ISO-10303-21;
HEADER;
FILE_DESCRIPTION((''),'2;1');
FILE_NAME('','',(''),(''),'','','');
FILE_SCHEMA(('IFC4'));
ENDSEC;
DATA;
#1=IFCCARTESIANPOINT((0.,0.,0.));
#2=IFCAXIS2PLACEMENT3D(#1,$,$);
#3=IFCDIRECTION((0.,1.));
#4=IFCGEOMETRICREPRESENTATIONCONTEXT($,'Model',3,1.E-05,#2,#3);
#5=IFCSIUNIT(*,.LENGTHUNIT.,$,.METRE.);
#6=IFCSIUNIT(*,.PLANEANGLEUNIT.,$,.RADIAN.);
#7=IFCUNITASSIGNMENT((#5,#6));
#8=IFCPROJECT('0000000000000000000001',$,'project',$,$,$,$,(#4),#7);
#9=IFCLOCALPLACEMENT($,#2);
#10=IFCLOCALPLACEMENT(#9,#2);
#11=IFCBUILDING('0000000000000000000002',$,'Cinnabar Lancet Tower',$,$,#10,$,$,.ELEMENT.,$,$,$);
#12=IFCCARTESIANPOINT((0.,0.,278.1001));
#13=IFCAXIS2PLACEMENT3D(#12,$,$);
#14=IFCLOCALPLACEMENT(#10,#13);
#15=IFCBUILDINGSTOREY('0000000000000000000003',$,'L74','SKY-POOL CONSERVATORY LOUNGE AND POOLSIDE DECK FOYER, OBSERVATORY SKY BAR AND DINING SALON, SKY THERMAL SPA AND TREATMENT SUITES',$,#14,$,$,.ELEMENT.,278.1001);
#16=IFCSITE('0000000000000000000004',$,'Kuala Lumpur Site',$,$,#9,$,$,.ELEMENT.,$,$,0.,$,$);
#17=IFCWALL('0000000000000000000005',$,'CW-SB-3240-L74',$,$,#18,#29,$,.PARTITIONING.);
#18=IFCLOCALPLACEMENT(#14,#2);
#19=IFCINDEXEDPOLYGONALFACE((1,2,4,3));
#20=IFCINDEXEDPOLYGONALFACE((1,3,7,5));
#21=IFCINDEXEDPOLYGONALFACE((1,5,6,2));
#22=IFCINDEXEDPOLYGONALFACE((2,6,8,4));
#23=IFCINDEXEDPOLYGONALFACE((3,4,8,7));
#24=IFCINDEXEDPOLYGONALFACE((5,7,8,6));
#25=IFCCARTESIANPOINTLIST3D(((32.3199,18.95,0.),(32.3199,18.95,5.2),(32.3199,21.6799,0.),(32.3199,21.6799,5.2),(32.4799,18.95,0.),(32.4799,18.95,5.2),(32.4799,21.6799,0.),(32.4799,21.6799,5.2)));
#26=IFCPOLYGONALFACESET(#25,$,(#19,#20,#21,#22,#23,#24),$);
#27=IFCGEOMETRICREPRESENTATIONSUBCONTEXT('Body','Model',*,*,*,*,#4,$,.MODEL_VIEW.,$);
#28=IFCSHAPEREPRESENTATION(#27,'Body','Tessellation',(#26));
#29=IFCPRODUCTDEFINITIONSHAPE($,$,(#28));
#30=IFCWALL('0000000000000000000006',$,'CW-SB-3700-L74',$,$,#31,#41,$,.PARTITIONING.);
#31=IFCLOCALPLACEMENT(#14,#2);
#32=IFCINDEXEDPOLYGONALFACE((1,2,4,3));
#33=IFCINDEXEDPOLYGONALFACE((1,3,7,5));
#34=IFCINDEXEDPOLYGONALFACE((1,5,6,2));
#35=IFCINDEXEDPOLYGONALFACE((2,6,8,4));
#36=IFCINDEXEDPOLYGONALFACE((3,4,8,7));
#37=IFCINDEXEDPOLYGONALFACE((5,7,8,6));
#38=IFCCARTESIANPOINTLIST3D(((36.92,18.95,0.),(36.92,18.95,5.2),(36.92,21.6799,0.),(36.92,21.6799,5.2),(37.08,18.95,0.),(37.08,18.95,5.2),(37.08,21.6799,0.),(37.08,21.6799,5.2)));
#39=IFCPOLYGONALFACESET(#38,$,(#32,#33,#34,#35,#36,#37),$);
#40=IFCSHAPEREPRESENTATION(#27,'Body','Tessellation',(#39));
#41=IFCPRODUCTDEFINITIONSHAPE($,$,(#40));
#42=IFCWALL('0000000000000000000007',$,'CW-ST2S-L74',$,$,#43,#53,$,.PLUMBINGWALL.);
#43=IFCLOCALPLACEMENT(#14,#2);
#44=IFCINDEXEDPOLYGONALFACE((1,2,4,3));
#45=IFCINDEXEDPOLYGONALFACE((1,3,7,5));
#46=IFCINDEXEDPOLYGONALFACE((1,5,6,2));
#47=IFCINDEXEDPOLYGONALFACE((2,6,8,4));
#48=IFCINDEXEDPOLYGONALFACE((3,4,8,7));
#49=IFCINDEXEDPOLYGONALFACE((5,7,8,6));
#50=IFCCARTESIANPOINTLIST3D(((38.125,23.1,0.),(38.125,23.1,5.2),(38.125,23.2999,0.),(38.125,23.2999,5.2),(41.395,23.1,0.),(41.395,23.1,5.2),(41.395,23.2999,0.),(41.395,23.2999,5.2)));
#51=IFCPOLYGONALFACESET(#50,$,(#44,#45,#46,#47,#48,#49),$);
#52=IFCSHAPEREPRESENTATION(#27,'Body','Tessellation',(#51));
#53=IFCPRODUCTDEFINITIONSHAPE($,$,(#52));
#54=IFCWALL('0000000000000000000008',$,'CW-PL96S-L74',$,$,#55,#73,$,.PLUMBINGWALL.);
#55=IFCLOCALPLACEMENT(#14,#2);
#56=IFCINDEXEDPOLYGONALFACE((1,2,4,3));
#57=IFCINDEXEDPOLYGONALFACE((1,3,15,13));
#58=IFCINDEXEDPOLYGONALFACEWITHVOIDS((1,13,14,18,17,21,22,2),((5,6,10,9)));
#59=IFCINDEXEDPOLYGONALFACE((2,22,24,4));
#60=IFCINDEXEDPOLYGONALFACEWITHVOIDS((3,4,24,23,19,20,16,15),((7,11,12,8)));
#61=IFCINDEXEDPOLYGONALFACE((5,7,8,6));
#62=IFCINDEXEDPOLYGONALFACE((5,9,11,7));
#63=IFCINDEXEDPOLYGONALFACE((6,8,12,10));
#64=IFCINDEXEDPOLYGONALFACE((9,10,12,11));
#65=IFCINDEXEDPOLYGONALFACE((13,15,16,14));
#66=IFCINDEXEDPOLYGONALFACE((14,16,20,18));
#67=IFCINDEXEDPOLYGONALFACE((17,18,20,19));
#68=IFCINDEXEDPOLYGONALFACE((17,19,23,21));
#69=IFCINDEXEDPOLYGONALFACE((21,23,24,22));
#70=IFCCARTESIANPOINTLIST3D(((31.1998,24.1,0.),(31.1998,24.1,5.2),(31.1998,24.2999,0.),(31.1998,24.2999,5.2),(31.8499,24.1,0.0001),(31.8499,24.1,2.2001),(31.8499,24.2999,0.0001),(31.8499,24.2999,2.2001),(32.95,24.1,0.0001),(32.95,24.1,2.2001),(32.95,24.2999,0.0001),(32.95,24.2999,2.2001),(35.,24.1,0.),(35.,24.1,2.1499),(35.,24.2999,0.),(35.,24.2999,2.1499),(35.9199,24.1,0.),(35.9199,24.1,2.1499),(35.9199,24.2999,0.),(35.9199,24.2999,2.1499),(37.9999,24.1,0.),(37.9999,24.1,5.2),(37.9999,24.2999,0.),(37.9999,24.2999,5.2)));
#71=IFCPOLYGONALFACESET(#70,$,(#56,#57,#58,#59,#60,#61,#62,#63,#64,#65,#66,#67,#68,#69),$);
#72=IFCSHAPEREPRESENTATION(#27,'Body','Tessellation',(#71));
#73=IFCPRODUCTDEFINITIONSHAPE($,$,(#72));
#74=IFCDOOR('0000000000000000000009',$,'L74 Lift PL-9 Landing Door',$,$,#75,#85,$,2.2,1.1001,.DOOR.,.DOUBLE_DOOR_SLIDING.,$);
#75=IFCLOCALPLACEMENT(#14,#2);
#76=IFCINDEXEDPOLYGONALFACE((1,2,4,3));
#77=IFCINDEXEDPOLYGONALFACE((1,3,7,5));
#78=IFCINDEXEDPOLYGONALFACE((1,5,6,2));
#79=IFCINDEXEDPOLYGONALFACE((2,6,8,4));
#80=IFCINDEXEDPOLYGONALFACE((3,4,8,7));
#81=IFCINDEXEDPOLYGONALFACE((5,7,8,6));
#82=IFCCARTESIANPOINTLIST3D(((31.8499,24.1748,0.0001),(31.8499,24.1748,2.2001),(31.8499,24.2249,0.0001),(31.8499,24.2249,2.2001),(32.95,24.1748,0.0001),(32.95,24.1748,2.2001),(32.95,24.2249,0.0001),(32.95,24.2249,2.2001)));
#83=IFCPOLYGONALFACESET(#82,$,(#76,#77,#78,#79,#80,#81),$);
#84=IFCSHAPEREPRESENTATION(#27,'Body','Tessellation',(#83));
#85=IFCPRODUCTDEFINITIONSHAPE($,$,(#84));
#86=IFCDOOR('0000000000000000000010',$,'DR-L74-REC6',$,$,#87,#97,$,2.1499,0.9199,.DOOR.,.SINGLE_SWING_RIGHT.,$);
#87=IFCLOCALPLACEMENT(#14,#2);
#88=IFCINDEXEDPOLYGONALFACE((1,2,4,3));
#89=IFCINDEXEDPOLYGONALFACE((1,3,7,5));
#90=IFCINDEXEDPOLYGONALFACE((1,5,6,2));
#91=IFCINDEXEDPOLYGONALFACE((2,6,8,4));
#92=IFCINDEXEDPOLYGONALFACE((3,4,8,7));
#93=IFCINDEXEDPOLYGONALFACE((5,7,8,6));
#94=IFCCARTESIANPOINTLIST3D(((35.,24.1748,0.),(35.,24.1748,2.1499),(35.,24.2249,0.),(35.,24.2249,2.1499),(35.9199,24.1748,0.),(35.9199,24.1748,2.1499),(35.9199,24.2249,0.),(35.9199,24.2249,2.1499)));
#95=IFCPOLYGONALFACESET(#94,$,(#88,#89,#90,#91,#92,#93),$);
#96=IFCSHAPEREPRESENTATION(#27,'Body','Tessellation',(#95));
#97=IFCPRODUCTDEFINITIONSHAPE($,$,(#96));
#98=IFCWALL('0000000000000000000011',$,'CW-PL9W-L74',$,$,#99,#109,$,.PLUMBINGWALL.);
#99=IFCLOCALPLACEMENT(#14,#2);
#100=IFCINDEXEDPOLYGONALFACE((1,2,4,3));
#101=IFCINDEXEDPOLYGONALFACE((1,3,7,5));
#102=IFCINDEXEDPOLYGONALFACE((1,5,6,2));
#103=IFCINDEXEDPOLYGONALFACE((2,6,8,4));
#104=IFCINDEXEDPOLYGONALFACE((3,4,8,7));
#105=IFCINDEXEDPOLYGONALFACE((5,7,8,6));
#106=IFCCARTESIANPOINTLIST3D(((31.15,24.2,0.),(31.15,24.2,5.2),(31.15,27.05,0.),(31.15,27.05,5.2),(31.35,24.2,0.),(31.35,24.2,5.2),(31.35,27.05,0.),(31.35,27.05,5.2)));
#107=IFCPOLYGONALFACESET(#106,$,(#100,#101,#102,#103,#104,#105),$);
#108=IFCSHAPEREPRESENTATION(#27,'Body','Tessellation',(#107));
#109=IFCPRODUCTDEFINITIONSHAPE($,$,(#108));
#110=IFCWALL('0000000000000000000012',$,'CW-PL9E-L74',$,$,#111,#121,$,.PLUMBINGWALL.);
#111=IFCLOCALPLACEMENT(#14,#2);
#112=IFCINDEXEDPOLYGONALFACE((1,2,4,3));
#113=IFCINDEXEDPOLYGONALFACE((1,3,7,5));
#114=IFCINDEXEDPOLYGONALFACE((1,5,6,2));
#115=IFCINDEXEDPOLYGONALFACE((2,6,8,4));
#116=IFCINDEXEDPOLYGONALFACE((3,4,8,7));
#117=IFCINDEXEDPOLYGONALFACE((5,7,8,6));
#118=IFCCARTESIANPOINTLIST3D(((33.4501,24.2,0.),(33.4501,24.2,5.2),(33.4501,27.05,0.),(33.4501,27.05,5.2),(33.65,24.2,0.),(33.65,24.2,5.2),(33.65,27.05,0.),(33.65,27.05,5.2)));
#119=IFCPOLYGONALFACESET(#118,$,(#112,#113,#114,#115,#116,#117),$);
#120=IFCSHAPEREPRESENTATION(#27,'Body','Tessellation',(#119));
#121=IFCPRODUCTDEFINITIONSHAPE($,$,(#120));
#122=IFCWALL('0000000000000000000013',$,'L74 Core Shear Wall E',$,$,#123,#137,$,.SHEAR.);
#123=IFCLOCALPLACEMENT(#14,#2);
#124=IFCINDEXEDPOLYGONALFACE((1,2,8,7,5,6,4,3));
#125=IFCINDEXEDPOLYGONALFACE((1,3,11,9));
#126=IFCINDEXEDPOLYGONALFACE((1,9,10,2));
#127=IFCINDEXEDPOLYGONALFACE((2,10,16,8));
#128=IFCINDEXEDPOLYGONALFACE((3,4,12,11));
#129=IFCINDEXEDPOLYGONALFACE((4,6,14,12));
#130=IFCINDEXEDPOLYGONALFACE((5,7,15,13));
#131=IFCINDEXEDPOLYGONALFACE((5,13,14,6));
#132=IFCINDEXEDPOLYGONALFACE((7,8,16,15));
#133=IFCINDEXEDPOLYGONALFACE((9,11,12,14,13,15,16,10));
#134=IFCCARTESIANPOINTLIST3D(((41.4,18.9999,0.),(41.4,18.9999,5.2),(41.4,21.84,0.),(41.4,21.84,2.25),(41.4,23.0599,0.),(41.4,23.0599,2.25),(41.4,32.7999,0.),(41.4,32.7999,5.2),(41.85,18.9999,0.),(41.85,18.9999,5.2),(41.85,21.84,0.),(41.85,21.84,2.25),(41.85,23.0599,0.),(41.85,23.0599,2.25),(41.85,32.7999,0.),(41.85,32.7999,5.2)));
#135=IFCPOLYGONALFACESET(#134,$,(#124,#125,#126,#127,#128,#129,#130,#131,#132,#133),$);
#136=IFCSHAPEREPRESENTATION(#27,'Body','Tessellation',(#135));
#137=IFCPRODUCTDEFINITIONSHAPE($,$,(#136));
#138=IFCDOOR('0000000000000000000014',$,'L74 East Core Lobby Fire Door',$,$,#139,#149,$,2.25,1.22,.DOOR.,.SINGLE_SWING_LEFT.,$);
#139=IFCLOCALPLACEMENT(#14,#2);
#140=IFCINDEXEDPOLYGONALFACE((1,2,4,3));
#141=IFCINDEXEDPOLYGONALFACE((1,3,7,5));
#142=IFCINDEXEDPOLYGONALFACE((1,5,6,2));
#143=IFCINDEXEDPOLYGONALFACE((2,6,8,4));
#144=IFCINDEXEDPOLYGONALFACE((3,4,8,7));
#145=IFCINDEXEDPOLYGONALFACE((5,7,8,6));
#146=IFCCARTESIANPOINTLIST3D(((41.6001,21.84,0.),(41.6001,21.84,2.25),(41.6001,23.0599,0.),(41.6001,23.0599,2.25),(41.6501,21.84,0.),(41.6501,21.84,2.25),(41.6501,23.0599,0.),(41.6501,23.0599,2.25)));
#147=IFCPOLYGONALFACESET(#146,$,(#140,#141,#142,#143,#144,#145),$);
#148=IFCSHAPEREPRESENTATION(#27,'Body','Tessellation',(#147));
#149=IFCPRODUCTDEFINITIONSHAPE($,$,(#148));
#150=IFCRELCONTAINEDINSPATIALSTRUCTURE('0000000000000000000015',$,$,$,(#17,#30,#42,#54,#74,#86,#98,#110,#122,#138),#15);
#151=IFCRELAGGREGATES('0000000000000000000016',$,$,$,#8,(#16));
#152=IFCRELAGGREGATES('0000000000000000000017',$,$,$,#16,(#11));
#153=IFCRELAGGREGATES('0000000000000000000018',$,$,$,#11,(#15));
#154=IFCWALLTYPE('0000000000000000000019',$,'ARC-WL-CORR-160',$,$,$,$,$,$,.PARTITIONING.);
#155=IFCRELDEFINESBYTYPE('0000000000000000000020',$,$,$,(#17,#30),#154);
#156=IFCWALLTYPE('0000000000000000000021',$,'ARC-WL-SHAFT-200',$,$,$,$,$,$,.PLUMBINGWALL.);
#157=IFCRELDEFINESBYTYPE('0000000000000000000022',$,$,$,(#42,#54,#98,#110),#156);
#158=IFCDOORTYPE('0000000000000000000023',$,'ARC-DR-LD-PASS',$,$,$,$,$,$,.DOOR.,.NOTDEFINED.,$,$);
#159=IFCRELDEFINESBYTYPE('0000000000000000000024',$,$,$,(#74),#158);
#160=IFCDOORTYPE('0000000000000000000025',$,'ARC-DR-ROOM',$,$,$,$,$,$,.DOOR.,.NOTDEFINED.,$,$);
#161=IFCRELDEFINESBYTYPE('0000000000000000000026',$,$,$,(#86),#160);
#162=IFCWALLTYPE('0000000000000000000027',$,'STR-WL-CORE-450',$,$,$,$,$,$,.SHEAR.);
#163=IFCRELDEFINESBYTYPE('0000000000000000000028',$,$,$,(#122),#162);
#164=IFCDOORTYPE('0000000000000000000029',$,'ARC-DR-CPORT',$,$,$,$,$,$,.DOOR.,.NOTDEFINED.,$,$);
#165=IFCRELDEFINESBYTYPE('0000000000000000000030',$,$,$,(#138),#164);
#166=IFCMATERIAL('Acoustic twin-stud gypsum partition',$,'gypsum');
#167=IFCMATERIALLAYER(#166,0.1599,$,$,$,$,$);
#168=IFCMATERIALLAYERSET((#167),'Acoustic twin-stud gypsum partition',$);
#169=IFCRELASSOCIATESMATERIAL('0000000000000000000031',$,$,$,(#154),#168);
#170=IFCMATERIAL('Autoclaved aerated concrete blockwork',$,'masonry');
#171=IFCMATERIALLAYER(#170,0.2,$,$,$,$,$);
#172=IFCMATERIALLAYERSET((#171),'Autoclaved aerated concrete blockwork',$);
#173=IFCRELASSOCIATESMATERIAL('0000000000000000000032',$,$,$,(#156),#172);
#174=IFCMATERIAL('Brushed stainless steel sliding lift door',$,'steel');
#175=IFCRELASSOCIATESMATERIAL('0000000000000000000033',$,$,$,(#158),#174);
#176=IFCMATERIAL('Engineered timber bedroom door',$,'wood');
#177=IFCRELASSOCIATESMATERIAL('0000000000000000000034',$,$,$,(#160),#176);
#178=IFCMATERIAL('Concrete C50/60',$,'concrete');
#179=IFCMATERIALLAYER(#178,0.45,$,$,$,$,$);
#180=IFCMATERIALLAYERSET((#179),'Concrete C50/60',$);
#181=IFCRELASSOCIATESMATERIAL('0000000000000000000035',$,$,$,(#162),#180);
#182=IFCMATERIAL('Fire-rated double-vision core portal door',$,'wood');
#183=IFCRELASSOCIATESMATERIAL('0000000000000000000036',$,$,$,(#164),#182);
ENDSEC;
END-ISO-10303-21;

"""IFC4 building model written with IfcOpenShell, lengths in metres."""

from ifc_helpers import new_model, si_unit, direction, frame, frame_2d, origin, place, context, subcontext, project, spatial, rectangle, extrude, material, layer, layer_set, type_object, element, fill, save


model = new_model("IFC4")

# Units and contexts
model_context = context("Model", 3, precision=1e-05, world=origin(), true_north=direction((0.0, 1.0)))
body_context = subcontext(model_context, "Body", "Model", "MODEL_VIEW")
ifc_project = project(units=[si_unit("LENGTHUNIT", "METRE"), si_unit("PLANEANGLEUNIT", "RADIAN")], contexts=[model_context])

# Site, building, storey
site_placement = place(None, origin())
site = spatial("IfcSite", under=ifc_project, at=site_placement, Name="Kuala Lumpur Site", CompositionType="ELEMENT", RefElevation=0.0)
building_placement = place(site_placement, origin())
building = spatial("IfcBuilding", under=site, at=building_placement, Name="Cinnabar Lancet Tower", CompositionType="ELEMENT")
storey_placement = place(building_placement, frame((0.0, 0.0, 278.1001)))
storey = spatial("IfcBuildingStorey", under=building, at=storey_placement, Name="L74", Description="SKY-POOL CONSERVATORY LOUNGE AND POOLSIDE DECK FOYER, OBSERVATORY SKY BAR AND DINING SALON, SKY THERMAL SPA AND TREATMENT SUITES", CompositionType="ELEMENT", Elevation=278.1001)

# Shared definitions
ifc_material_1 = material(Name="Acoustic twin-stud gypsum partition", Category="gypsum")
ifc_layer_1 = layer(ifc_material_1, 0.1599)
ifc_layer_set_1 = layer_set([ifc_layer_1], Name="Acoustic twin-stud gypsum partition")
wall_type_1 = type_object("IfcWallType", Name="ARC-WL-CORR-160", PredefinedType="PARTITIONING", material=ifc_layer_set_1)

# Walls
for number, where, z_axis, x_axis, name in (
    (1, (32.3999, 18.95, 0.0), (0.0, 0.0, 1.0), (0.0, 1.0, 0.0), "CW-SB-3240-L74"),
    (2, (37.0, 18.95, 0.0), (0.0, 0.0, 1.0), (0.0, 1.0, 0.0), "CW-SB-3700-L74"),
):
    element("IfcWall", number, at=place(storey_placement, frame(where, z_axis=z_axis, x_axis=x_axis)), inside=storey, type_object=wall_type_1, Name=name, PredefinedType="PARTITIONING", context=body_context, shape_type="SweptSolid", body=[
        extrude(rectangle(XDim=2.73, YDim=0.1599, at=frame_2d((1.365, 0.0))), origin(), (0.0, 0.0, 1.0), 5.2),
    ])
ifc_material_2 = material(Name="Autoclaved aerated concrete blockwork", Category="masonry")
ifc_layer_2 = layer(ifc_material_2, 0.2)
ifc_layer_set_2 = layer_set([ifc_layer_2], Name="Autoclaved aerated concrete blockwork")
wall_type_2 = type_object("IfcWallType", Name="ARC-WL-SHAFT-200", PredefinedType="PLUMBINGWALL", material=ifc_layer_set_2)
wall_1_placement = place(storey_placement, frame((38.125, 23.2, 0.0), z_axis=(0.0, 0.0, 1.0), x_axis=(1.0, 0.0, 0.0)))
element("IfcWall", 3, at=wall_1_placement, inside=storey, type_object=wall_type_2, Name="CW-ST2S-L74", PredefinedType="PLUMBINGWALL", context=body_context, shape_type="SweptSolid", body=[
    extrude(rectangle(XDim=3.27, YDim=0.2, at=frame_2d((1.635, 0.0))), origin(), (0.0, 0.0, 1.0), 5.2),
])

# Wall, openings, doors
wall_2_placement = place(storey_placement, frame((31.2, 24.2, 0.0), z_axis=(0.0, 0.0, 1.0), x_axis=(1.0, 0.0, 0.0)))
wall_2 = element("IfcWall", 4, at=wall_2_placement, inside=storey, type_object=wall_type_2, Name="CW-PL96S-L74", PredefinedType="PLUMBINGWALL", context=body_context, shape_type="SweptSolid", body=[
    extrude(rectangle(XDim=6.8, YDim=0.2, at=frame_2d((3.3999, 0.0))), origin(), (0.0, 0.0, 1.0), 5.2),
])
opening_1_placement = place(wall_2_placement, frame((0.6499, 0.0, 0.0)))
opening_1 = element("IfcOpeningElement", 5, at=opening_1_placement, cuts=wall_2, PredefinedType="OPENING", context=body_context, shape_type="SweptSolid", body=[
    extrude(rectangle(XDim=1.1001, YDim=2.2, at=frame_2d((0.55, 1.1001))), frame((0.0, 0.1099, 0.0), z_axis=(0.0, -1.0, 0.0), x_axis=(1.0, 0.0, 0.0)), (0.0, 0.0, 1.0), 0.22),
])
opening_2_placement = place(wall_2_placement, frame((3.8, 0.0, 0.0)))
opening_2 = element("IfcOpeningElement", 6, at=opening_2_placement, cuts=wall_2, PredefinedType="OPENING", context=body_context, shape_type="SweptSolid", body=[
    extrude(rectangle(XDim=0.9199, YDim=2.1499, at=frame_2d((0.46, 1.075))), frame((0.0, 0.1099, 0.0), z_axis=(0.0, -1.0, 0.0), x_axis=(1.0, 0.0, 0.0)), (0.0, 0.0, 1.0), 0.22),
])
ifc_material_3 = material(Name="Brushed stainless steel sliding lift door", Category="steel")
door_type_1 = type_object("IfcDoorType", Name="ARC-DR-LD-PASS", OperationType="NOTDEFINED", PredefinedType="DOOR", material=ifc_material_3)
door_1_placement = place(opening_1_placement, origin())
door_1 = element("IfcDoor", 7, at=door_1_placement, inside=storey, type_object=door_type_1, Name="L74 Lift PL-9 Landing Door", OperationType="DOUBLE_DOOR_SLIDING", OverallHeight=2.2, OverallWidth=1.1001, PredefinedType="DOOR", context=body_context, shape_type="SweptSolid", body=[
    extrude(rectangle(XDim=1.1001, YDim=2.2, at=frame_2d((0.55, 1.1001))), frame((0.0, 0.0249, 0.0), z_axis=(0.0, -1.0, 0.0), x_axis=(1.0, 0.0, 0.0)), (0.0, 0.0, 1.0), 0.05),
])
fill(opening_1, door_1)
ifc_material_4 = material(Name="Engineered timber bedroom door", Category="wood")
door_type_2 = type_object("IfcDoorType", Name="ARC-DR-ROOM", OperationType="NOTDEFINED", PredefinedType="DOOR", material=ifc_material_4)
door_2_placement = place(opening_2_placement, origin())
door_2 = element("IfcDoor", 8, at=door_2_placement, inside=storey, type_object=door_type_2, Name="DR-L74-REC6", OperationType="SINGLE_SWING_RIGHT", OverallHeight=2.1499, OverallWidth=0.9199, PredefinedType="DOOR", context=body_context, shape_type="SweptSolid", body=[
    extrude(rectangle(XDim=0.9199, YDim=2.1499, at=frame_2d((0.46, 1.075))), frame((0.0, 0.0249, 0.0), z_axis=(0.0, -1.0, 0.0), x_axis=(1.0, 0.0, 0.0)), (0.0, 0.0, 1.0), 0.05),
])
fill(opening_2, door_2)

# Walls
for number, where, z_axis, x_axis, name in (
    (9, (31.25, 24.2, 0.0), (0.0, 0.0, 1.0), (0.0, 1.0, 0.0), "CW-PL9W-L74"),
    (10, (33.55, 24.2, 0.0), (0.0, 0.0, 1.0), (0.0, 1.0, 0.0), "CW-PL9E-L74"),
):
    element("IfcWall", number, at=place(storey_placement, frame(where, z_axis=z_axis, x_axis=x_axis)), inside=storey, type_object=wall_type_2, Name=name, PredefinedType="PLUMBINGWALL", context=body_context, shape_type="SweptSolid", body=[
        extrude(rectangle(XDim=2.8501, YDim=0.2, at=frame_2d((1.425, 0.0))), origin(), (0.0, 0.0, 1.0), 5.2),
    ])

# Wall, opening, door
ifc_material_5 = material(Name="Concrete C50/60", Category="concrete")
ifc_layer_3 = layer(ifc_material_5, 0.45)
ifc_layer_set_3 = layer_set([ifc_layer_3], Name="Concrete C50/60")
wall_type_3 = type_object("IfcWallType", Name="STR-WL-CORE-450", PredefinedType="SHEAR", material=ifc_layer_set_3)
wall_3_placement = place(storey_placement, frame((41.625, 19.0, 0.0), z_axis=(0.0, 0.0, 1.0), x_axis=(0.0, 1.0, 0.0)))
wall_3 = element("IfcWall", 11, at=wall_3_placement, inside=storey, type_object=wall_type_3, Name="L74 Core Shear Wall E", PredefinedType="SHEAR", context=body_context, shape_type="SweptSolid", body=[
    extrude(rectangle(XDim=13.8, YDim=0.45, at=frame_2d((6.8999, 0.0))), origin(), (0.0, 0.0, 1.0), 5.2),
])
opening_3_placement = place(wall_3_placement, frame((2.8401, 0.0, 0.0)))
opening_3 = element("IfcOpeningElement", 12, at=opening_3_placement, cuts=wall_3, PredefinedType="OPENING", context=body_context, shape_type="SweptSolid", body=[
    extrude(rectangle(XDim=1.22, YDim=2.25, at=frame_2d((0.6099, 1.125))), frame((0.0, 0.2349, 0.0), z_axis=(0.0, -1.0, 0.0), x_axis=(1.0, 0.0, 0.0)), (0.0, 0.0, 1.0), 0.47),
])
ifc_material_6 = material(Name="Fire-rated double-vision core portal door", Category="wood")
door_type_3 = type_object("IfcDoorType", Name="ARC-DR-CPORT", OperationType="NOTDEFINED", PredefinedType="DOOR", material=ifc_material_6)
door_3_placement = place(opening_3_placement, origin())
door_3 = element("IfcDoor", 13, at=door_3_placement, inside=storey, type_object=door_type_3, Name="L74 East Core Lobby Fire Door", OperationType="SINGLE_SWING_LEFT", OverallHeight=2.25, OverallWidth=1.22, PredefinedType="DOOR", context=body_context, shape_type="SweptSolid", body=[
    extrude(rectangle(XDim=1.22, YDim=2.25, at=frame_2d((0.6099, 1.125))), frame((0.0, 0.0249, 0.0), z_axis=(0.0, -1.0, 0.0), x_axis=(1.0, 0.0, 0.0)), (0.0, 0.0, 1.0), 0.05),
])
fill(opening_3, door_3)

save(model, "model.ifc")
